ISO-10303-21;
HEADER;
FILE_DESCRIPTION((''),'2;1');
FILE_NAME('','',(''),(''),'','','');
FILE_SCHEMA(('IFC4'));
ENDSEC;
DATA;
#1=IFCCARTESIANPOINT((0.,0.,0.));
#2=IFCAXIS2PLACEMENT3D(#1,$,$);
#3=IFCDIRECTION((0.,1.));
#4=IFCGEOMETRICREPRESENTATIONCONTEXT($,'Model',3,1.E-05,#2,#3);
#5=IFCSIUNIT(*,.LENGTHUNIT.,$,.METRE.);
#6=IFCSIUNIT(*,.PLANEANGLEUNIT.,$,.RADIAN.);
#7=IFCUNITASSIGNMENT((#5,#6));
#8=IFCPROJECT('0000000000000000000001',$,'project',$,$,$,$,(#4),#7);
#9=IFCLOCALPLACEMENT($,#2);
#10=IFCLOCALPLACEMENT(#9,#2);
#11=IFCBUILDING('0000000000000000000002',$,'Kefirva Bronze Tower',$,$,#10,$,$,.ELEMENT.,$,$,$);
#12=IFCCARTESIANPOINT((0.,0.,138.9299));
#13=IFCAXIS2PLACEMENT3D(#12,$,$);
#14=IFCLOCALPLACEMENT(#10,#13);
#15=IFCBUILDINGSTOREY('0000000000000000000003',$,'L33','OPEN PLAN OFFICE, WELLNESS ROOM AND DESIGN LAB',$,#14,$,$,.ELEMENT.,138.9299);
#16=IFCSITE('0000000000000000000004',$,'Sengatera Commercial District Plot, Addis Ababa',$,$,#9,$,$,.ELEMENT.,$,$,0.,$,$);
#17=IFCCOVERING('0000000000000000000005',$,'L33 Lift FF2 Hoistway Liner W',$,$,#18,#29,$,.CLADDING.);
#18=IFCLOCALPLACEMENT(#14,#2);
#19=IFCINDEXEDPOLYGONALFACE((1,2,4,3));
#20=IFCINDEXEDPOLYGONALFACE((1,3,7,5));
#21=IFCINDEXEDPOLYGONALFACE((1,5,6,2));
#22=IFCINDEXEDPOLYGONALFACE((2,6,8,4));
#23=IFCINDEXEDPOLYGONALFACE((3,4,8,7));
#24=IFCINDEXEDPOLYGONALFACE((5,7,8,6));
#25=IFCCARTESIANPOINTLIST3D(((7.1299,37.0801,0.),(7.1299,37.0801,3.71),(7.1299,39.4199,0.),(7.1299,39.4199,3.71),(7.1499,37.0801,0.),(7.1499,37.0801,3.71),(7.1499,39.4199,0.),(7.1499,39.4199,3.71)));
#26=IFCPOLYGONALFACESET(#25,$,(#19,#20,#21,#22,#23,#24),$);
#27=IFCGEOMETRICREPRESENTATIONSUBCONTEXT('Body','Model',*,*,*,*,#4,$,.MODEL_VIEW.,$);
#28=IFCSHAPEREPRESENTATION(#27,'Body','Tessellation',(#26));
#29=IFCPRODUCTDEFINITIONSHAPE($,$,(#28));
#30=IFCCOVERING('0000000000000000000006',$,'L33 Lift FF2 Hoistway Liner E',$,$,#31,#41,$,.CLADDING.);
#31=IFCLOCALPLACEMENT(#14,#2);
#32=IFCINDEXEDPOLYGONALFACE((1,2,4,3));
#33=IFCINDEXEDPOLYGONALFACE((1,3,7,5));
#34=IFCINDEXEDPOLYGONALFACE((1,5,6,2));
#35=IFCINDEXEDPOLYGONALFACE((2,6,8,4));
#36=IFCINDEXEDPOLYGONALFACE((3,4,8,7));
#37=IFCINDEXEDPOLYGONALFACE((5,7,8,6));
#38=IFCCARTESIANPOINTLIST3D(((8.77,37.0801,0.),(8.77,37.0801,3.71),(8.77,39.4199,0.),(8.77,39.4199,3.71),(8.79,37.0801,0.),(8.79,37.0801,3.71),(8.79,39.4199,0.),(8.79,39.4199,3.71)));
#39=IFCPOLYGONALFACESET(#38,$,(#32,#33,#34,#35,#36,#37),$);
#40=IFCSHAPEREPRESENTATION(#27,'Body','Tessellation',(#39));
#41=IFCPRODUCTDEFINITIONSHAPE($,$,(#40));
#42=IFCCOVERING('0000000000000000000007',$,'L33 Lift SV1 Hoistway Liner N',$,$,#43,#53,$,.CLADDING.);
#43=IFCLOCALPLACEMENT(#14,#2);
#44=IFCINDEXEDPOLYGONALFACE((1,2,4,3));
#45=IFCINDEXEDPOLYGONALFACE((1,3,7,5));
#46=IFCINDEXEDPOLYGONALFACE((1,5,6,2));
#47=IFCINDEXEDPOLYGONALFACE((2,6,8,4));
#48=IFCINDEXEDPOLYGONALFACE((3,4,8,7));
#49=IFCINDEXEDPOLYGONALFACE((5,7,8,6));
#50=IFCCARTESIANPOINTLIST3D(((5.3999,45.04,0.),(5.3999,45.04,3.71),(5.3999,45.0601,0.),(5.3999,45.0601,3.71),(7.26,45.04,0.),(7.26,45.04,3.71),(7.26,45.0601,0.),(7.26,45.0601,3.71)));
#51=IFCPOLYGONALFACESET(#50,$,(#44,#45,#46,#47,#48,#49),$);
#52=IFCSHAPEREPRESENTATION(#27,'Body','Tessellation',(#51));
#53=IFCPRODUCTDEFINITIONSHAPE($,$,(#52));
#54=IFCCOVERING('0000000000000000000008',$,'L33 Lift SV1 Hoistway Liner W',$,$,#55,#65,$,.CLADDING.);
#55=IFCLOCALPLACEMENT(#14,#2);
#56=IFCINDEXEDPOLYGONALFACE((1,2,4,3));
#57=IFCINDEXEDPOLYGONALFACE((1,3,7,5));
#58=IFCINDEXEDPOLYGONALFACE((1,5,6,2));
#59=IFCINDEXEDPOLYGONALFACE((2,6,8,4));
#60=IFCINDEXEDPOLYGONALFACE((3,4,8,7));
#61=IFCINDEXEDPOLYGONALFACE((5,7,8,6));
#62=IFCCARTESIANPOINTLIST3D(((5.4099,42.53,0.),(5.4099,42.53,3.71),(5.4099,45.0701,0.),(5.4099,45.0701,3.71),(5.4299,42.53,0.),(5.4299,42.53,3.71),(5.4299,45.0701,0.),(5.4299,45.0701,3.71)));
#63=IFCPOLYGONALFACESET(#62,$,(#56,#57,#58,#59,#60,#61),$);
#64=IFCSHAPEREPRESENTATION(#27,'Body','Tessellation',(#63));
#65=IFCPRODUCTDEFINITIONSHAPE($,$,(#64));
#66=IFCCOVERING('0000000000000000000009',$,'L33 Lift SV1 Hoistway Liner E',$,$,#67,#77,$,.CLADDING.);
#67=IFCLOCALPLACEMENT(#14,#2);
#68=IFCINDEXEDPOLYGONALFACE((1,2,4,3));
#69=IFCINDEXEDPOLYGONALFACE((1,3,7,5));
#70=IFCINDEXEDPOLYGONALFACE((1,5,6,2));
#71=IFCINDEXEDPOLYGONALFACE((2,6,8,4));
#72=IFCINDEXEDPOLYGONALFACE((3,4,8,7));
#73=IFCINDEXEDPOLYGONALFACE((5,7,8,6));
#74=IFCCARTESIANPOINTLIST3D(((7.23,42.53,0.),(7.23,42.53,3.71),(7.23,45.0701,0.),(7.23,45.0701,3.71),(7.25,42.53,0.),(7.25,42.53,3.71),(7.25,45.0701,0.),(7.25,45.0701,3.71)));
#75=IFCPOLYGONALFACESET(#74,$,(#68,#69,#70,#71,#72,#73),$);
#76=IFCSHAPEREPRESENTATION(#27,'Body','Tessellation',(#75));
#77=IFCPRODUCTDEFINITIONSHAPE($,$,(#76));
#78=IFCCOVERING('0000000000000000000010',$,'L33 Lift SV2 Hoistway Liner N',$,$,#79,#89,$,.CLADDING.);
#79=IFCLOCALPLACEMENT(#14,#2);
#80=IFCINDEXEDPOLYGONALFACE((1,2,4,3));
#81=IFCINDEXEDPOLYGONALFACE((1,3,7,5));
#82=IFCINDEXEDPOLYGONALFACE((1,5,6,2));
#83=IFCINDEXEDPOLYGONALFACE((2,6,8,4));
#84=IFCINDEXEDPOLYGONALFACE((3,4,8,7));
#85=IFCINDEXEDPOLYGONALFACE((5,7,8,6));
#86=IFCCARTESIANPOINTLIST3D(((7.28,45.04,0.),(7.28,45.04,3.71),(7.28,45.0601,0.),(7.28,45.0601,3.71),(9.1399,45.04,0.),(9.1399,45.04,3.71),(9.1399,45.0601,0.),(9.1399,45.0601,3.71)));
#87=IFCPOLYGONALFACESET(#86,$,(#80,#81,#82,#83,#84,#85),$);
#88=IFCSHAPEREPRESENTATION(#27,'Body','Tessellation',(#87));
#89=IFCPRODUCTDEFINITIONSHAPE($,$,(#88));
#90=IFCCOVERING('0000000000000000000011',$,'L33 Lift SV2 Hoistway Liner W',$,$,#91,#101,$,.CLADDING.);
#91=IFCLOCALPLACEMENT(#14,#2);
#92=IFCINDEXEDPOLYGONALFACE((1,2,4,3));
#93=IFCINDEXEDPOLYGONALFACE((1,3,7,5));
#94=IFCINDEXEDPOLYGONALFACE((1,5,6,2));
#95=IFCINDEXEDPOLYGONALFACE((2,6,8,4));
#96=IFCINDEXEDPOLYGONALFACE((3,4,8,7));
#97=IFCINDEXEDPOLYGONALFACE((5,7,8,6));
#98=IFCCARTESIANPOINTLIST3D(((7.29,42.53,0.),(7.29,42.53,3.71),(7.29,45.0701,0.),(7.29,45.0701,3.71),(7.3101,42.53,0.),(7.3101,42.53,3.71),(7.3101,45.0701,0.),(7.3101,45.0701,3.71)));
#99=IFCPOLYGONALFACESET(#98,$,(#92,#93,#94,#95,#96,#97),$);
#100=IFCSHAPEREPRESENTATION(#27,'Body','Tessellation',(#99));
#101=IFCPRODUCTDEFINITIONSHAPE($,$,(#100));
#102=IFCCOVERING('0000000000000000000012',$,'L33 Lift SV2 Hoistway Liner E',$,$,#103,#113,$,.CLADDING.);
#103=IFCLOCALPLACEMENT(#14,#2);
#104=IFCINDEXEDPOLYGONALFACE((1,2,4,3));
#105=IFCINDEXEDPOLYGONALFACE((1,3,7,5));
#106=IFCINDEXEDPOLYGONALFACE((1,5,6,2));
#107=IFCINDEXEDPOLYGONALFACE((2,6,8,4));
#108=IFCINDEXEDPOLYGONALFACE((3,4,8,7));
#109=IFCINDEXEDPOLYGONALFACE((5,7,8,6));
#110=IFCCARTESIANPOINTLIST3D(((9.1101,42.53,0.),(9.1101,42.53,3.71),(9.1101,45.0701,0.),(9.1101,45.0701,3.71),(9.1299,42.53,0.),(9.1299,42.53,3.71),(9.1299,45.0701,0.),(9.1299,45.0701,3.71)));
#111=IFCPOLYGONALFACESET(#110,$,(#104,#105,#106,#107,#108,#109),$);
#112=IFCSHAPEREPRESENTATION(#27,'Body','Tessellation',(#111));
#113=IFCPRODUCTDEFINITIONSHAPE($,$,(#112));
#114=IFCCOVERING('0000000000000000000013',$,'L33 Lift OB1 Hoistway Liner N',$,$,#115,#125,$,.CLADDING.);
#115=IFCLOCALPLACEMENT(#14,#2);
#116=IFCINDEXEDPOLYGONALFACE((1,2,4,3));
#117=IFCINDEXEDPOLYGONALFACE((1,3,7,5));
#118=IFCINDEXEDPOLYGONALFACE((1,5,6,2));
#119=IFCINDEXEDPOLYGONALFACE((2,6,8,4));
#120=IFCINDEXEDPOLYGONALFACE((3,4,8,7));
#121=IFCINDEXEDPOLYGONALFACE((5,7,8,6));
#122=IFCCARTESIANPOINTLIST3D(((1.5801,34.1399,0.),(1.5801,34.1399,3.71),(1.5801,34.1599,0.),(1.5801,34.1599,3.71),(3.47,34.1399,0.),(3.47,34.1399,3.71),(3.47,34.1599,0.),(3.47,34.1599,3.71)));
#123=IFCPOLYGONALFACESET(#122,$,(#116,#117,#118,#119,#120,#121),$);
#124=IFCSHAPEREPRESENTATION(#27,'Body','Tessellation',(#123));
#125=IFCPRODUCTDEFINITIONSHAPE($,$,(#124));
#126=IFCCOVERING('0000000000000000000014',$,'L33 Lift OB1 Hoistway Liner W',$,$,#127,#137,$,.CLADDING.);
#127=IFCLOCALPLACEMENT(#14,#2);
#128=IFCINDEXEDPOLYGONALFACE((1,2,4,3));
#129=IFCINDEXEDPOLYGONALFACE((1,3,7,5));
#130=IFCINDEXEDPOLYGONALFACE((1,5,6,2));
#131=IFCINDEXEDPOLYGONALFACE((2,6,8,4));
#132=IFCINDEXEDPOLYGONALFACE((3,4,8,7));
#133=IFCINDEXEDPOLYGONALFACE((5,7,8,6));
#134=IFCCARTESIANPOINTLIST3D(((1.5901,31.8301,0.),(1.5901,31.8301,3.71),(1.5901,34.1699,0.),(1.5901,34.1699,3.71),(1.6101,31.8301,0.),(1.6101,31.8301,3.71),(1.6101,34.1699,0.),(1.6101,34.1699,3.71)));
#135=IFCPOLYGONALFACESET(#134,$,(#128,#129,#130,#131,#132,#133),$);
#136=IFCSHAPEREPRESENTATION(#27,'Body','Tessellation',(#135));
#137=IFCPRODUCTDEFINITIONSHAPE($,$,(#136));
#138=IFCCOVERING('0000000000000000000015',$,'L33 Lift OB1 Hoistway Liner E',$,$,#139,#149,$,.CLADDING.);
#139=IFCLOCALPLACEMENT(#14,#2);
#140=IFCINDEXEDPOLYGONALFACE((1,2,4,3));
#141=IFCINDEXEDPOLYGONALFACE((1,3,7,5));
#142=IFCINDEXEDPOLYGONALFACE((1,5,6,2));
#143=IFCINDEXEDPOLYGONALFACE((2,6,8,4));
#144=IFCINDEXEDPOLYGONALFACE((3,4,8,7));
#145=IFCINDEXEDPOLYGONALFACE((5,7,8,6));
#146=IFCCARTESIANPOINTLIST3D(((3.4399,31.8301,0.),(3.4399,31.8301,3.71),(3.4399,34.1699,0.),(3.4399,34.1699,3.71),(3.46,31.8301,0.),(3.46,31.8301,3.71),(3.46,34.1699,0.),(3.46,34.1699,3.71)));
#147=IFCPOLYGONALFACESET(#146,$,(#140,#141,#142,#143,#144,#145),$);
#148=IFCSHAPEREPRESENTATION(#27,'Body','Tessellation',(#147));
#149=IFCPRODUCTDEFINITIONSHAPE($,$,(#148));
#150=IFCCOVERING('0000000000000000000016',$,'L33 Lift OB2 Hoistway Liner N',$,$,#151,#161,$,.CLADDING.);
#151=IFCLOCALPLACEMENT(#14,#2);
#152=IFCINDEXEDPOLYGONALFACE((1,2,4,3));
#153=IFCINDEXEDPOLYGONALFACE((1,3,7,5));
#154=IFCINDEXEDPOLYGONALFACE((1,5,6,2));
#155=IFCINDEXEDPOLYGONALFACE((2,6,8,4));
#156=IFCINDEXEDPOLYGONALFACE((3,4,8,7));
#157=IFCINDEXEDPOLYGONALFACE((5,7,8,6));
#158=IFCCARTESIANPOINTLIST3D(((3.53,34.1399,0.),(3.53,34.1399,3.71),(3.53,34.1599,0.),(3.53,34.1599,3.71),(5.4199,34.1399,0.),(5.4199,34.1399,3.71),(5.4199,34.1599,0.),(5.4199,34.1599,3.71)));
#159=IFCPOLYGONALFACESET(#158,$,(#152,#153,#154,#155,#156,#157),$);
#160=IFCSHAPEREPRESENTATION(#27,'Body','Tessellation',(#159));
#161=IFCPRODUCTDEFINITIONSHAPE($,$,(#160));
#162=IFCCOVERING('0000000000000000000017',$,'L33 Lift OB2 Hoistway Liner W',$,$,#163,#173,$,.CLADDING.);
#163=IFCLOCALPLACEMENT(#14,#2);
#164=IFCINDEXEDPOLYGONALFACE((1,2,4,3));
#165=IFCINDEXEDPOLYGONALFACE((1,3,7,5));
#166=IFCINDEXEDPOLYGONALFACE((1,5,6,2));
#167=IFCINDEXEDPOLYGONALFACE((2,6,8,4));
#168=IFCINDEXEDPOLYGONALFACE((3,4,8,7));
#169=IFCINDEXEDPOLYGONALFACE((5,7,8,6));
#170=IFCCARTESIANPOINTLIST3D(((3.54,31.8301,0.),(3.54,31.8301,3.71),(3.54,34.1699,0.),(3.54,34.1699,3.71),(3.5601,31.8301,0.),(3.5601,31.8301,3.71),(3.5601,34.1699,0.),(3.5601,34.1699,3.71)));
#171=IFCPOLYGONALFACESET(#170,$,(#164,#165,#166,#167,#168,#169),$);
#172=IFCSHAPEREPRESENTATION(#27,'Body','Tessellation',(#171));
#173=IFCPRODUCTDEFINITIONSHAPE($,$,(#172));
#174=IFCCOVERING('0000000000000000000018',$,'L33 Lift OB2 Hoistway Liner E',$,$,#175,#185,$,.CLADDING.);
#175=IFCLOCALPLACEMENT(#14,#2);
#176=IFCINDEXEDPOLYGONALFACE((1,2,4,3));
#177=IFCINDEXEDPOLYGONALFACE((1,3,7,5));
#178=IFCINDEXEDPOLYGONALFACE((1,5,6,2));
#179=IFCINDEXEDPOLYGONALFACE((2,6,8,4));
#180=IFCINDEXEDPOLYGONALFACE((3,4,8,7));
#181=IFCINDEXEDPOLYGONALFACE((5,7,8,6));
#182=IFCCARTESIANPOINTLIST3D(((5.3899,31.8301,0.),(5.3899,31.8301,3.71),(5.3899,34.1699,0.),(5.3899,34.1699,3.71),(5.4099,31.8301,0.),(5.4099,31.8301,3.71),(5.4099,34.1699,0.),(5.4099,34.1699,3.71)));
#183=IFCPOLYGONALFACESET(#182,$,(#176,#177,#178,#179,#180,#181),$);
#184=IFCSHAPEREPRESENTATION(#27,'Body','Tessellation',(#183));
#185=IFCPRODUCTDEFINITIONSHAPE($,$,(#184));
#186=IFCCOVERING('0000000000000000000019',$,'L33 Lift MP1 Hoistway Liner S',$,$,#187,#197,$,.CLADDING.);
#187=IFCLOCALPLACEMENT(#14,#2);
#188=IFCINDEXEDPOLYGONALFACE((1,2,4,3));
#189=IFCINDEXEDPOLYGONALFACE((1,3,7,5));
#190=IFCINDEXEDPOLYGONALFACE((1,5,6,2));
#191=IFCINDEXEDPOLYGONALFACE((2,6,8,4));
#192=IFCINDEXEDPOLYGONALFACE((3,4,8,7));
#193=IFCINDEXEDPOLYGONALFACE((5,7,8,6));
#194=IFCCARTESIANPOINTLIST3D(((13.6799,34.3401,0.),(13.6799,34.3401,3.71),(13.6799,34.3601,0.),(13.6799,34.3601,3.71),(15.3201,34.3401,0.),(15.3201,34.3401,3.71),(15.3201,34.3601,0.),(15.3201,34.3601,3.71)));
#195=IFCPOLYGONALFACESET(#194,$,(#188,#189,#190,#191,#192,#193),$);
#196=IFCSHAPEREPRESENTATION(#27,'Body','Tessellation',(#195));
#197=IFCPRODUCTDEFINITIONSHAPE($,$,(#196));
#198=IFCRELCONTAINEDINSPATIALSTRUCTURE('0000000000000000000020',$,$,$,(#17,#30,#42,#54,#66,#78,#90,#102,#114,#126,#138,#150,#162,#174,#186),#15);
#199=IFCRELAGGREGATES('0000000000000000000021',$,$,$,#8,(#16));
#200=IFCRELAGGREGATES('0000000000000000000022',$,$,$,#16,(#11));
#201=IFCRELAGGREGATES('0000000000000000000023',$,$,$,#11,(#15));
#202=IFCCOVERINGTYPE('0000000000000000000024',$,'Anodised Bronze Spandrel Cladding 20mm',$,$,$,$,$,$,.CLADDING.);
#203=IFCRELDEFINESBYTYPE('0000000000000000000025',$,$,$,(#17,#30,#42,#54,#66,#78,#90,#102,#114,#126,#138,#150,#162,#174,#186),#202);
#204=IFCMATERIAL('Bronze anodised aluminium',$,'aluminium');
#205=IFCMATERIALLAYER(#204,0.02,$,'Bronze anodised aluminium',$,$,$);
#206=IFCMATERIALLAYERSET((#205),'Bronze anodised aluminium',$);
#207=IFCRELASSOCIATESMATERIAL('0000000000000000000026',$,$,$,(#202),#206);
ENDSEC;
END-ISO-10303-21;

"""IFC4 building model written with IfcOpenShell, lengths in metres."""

from ifc_helpers import new_model, si_unit, direction, frame, origin, place, context, subcontext, project, spatial, polyline, outline, extrude, material, layer, layer_set, type_object, element, save


model = new_model("IFC4")

# Units and contexts
model_context = context("Model", 3, precision=1e-05, world=origin(), true_north=direction((0.0, 1.0)))
body_context = subcontext(model_context, "Body", "Model", "MODEL_VIEW")
ifc_project = project(units=[si_unit("LENGTHUNIT", "METRE"), si_unit("PLANEANGLEUNIT", "RADIAN")], contexts=[model_context])

# Site, building, storey
site_placement = place(None, origin())
site = spatial("IfcSite", under=ifc_project, at=site_placement, Name="Sengatera Commercial District Plot, Addis Ababa", CompositionType="ELEMENT", RefElevation=0.0)
building_placement = place(site_placement, origin())
building = spatial("IfcBuilding", under=site, at=building_placement, Name="Kefirva Bronze Tower", CompositionType="ELEMENT")
storey_placement = place(building_placement, frame((0.0, 0.0, 138.9299)))
storey = spatial("IfcBuildingStorey", under=building, at=storey_placement, Name="L33", Description="OPEN PLAN OFFICE, WELLNESS ROOM AND DESIGN LAB", CompositionType="ELEMENT", Elevation=138.9299)

# Coverings
ifc_material_1 = material(Name="Bronze anodised aluminium", Category="aluminium")
ifc_layer_1 = layer(ifc_material_1, 0.02, Name="Bronze anodised aluminium")
ifc_layer_set_1 = layer_set([ifc_layer_1], Name="Bronze anodised aluminium")
covering_type = type_object("IfcCoveringType", Name="Anodised Bronze Spandrel Cladding 20mm", PredefinedType="CLADDING", material=ifc_layer_set_1)
covering_1_placement = place(storey_placement, origin())
element("IfcCovering", 1, at=covering_1_placement, inside=storey, type_object=covering_type, Name="L33 Lift FF2 Hoistway Liner W", PredefinedType="CLADDING", context=body_context, shape_type="SweptSolid", body=[
    extrude(outline(polyline([(7.1299, 37.0801), (7.1499, 37.0801), (7.1499, 39.4199), (7.1299, 39.4199), (7.1299, 37.0801)])), origin(), (0.0, 0.0, 1.0), 3.71),
])
covering_2_placement = place(storey_placement, origin())
element("IfcCovering", 2, at=covering_2_placement, inside=storey, type_object=covering_type, Name="L33 Lift FF2 Hoistway Liner E", PredefinedType="CLADDING", context=body_context, shape_type="SweptSolid", body=[
    extrude(outline(polyline([(8.77, 37.0801), (8.79, 37.0801), (8.79, 39.4199), (8.77, 39.4199), (8.77, 37.0801)])), origin(), (0.0, 0.0, 1.0), 3.71),
])
covering_3_placement = place(storey_placement, origin())
element("IfcCovering", 3, at=covering_3_placement, inside=storey, type_object=covering_type, Name="L33 Lift SV1 Hoistway Liner N", PredefinedType="CLADDING", context=body_context, shape_type="SweptSolid", body=[
    extrude(outline(polyline([(5.3999, 45.04), (7.26, 45.04), (7.26, 45.0601), (5.3999, 45.0601), (5.3999, 45.04)])), origin(), (0.0, 0.0, 1.0), 3.71),
])
covering_4_placement = place(storey_placement, origin())
element("IfcCovering", 4, at=covering_4_placement, inside=storey, type_object=covering_type, Name="L33 Lift SV1 Hoistway Liner W", PredefinedType="CLADDING", context=body_context, shape_type="SweptSolid", body=[
    extrude(outline(polyline([(5.4099, 42.53), (5.4299, 42.53), (5.4299, 45.0701), (5.4099, 45.0701), (5.4099, 42.53)])), origin(), (0.0, 0.0, 1.0), 3.71),
])
covering_5_placement = place(storey_placement, origin())
element("IfcCovering", 5, at=covering_5_placement, inside=storey, type_object=covering_type, Name="L33 Lift SV1 Hoistway Liner E", PredefinedType="CLADDING", context=body_context, shape_type="SweptSolid", body=[
    extrude(outline(polyline([(7.23, 42.53), (7.25, 42.53), (7.25, 45.0701), (7.23, 45.0701), (7.23, 42.53)])), origin(), (0.0, 0.0, 1.0), 3.71),
])
covering_6_placement = place(storey_placement, origin())
element("IfcCovering", 6, at=covering_6_placement, inside=storey, type_object=covering_type, Name="L33 Lift SV2 Hoistway Liner N", PredefinedType="CLADDING", context=body_context, shape_type="SweptSolid", body=[
    extrude(outline(polyline([(7.28, 45.04), (9.1399, 45.04), (9.1399, 45.0601), (7.28, 45.0601), (7.28, 45.04)])), origin(), (0.0, 0.0, 1.0), 3.71),
])
covering_7_placement = place(storey_placement, origin())
element("IfcCovering", 7, at=covering_7_placement, inside=storey, type_object=covering_type, Name="L33 Lift SV2 Hoistway Liner W", PredefinedType="CLADDING", context=body_context, shape_type="SweptSolid", body=[
    extrude(outline(polyline([(7.29, 42.53), (7.3101, 42.53), (7.3101, 45.0701), (7.29, 45.0701), (7.29, 42.53)])), origin(), (0.0, 0.0, 1.0), 3.71),
])
covering_8_placement = place(storey_placement, origin())
element("IfcCovering", 8, at=covering_8_placement, inside=storey, type_object=covering_type, Name="L33 Lift SV2 Hoistway Liner E", PredefinedType="CLADDING", context=body_context, shape_type="SweptSolid", body=[
    extrude(outline(polyline([(9.1101, 42.53), (9.1299, 42.53), (9.1299, 45.0701), (9.1101, 45.0701), (9.1101, 42.53)])), origin(), (0.0, 0.0, 1.0), 3.71),
])
covering_9_placement = place(storey_placement, origin())
element("IfcCovering", 9, at=covering_9_placement, inside=storey, type_object=covering_type, Name="L33 Lift OB1 Hoistway Liner N", PredefinedType="CLADDING", context=body_context, shape_type="SweptSolid", body=[
    extrude(outline(polyline([(1.5801, 34.1399), (3.47, 34.1399), (3.47, 34.1599), (1.5801, 34.1599), (1.5801, 34.1399)])), origin(), (0.0, 0.0, 1.0), 3.71),
])
covering_10_placement = place(storey_placement, origin())
element("IfcCovering", 10, at=covering_10_placement, inside=storey, type_object=covering_type, Name="L33 Lift OB1 Hoistway Liner W", PredefinedType="CLADDING", context=body_context, shape_type="SweptSolid", body=[
    extrude(outline(polyline([(1.5901, 31.8301), (1.6101, 31.8301), (1.6101, 34.1699), (1.5901, 34.1699), (1.5901, 31.8301)])), origin(), (0.0, 0.0, 1.0), 3.71),
])
covering_11_placement = place(storey_placement, origin())
element("IfcCovering", 11, at=covering_11_placement, inside=storey, type_object=covering_type, Name="L33 Lift OB1 Hoistway Liner E", PredefinedType="CLADDING", context=body_context, shape_type="SweptSolid", body=[
    extrude(outline(polyline([(3.4399, 31.8301), (3.46, 31.8301), (3.46, 34.1699), (3.4399, 34.1699), (3.4399, 31.8301)])), origin(), (0.0, 0.0, 1.0), 3.71),
])
covering_12_placement = place(storey_placement, origin())
element("IfcCovering", 12, at=covering_12_placement, inside=storey, type_object=covering_type, Name="L33 Lift OB2 Hoistway Liner N", PredefinedType="CLADDING", context=body_context, shape_type="SweptSolid", body=[
    extrude(outline(polyline([(3.53, 34.1399), (5.4199, 34.1399), (5.4199, 34.1599), (3.53, 34.1599), (3.53, 34.1399)])), origin(), (0.0, 0.0, 1.0), 3.71),
])
covering_13_placement = place(storey_placement, origin())
element("IfcCovering", 13, at=covering_13_placement, inside=storey, type_object=covering_type, Name="L33 Lift OB2 Hoistway Liner W", PredefinedType="CLADDING", context=body_context, shape_type="SweptSolid", body=[
    extrude(outline(polyline([(3.54, 31.8301), (3.5601, 31.8301), (3.5601, 34.1699), (3.54, 34.1699), (3.54, 31.8301)])), origin(), (0.0, 0.0, 1.0), 3.71),
])
covering_14_placement = place(storey_placement, origin())
element("IfcCovering", 14, at=covering_14_placement, inside=storey, type_object=covering_type, Name="L33 Lift OB2 Hoistway Liner E", PredefinedType="CLADDING", context=body_context, shape_type="SweptSolid", body=[
    extrude(outline(polyline([(5.3899, 31.8301), (5.4099, 31.8301), (5.4099, 34.1699), (5.3899, 34.1699), (5.3899, 31.8301)])), origin(), (0.0, 0.0, 1.0), 3.71),
])
covering_15_placement = place(storey_placement, origin())
element("IfcCovering", 15, at=covering_15_placement, inside=storey, type_object=covering_type, Name="L33 Lift MP1 Hoistway Liner S", PredefinedType="CLADDING", context=body_context, shape_type="SweptSolid", body=[
    extrude(outline(polyline([(13.6799, 34.3401), (15.3201, 34.3401), (15.3201, 34.3601), (13.6799, 34.3601), (13.6799, 34.3401)])), origin(), (0.0, 0.0, 1.0), 3.71),
])

save(model, "model.ifc")
